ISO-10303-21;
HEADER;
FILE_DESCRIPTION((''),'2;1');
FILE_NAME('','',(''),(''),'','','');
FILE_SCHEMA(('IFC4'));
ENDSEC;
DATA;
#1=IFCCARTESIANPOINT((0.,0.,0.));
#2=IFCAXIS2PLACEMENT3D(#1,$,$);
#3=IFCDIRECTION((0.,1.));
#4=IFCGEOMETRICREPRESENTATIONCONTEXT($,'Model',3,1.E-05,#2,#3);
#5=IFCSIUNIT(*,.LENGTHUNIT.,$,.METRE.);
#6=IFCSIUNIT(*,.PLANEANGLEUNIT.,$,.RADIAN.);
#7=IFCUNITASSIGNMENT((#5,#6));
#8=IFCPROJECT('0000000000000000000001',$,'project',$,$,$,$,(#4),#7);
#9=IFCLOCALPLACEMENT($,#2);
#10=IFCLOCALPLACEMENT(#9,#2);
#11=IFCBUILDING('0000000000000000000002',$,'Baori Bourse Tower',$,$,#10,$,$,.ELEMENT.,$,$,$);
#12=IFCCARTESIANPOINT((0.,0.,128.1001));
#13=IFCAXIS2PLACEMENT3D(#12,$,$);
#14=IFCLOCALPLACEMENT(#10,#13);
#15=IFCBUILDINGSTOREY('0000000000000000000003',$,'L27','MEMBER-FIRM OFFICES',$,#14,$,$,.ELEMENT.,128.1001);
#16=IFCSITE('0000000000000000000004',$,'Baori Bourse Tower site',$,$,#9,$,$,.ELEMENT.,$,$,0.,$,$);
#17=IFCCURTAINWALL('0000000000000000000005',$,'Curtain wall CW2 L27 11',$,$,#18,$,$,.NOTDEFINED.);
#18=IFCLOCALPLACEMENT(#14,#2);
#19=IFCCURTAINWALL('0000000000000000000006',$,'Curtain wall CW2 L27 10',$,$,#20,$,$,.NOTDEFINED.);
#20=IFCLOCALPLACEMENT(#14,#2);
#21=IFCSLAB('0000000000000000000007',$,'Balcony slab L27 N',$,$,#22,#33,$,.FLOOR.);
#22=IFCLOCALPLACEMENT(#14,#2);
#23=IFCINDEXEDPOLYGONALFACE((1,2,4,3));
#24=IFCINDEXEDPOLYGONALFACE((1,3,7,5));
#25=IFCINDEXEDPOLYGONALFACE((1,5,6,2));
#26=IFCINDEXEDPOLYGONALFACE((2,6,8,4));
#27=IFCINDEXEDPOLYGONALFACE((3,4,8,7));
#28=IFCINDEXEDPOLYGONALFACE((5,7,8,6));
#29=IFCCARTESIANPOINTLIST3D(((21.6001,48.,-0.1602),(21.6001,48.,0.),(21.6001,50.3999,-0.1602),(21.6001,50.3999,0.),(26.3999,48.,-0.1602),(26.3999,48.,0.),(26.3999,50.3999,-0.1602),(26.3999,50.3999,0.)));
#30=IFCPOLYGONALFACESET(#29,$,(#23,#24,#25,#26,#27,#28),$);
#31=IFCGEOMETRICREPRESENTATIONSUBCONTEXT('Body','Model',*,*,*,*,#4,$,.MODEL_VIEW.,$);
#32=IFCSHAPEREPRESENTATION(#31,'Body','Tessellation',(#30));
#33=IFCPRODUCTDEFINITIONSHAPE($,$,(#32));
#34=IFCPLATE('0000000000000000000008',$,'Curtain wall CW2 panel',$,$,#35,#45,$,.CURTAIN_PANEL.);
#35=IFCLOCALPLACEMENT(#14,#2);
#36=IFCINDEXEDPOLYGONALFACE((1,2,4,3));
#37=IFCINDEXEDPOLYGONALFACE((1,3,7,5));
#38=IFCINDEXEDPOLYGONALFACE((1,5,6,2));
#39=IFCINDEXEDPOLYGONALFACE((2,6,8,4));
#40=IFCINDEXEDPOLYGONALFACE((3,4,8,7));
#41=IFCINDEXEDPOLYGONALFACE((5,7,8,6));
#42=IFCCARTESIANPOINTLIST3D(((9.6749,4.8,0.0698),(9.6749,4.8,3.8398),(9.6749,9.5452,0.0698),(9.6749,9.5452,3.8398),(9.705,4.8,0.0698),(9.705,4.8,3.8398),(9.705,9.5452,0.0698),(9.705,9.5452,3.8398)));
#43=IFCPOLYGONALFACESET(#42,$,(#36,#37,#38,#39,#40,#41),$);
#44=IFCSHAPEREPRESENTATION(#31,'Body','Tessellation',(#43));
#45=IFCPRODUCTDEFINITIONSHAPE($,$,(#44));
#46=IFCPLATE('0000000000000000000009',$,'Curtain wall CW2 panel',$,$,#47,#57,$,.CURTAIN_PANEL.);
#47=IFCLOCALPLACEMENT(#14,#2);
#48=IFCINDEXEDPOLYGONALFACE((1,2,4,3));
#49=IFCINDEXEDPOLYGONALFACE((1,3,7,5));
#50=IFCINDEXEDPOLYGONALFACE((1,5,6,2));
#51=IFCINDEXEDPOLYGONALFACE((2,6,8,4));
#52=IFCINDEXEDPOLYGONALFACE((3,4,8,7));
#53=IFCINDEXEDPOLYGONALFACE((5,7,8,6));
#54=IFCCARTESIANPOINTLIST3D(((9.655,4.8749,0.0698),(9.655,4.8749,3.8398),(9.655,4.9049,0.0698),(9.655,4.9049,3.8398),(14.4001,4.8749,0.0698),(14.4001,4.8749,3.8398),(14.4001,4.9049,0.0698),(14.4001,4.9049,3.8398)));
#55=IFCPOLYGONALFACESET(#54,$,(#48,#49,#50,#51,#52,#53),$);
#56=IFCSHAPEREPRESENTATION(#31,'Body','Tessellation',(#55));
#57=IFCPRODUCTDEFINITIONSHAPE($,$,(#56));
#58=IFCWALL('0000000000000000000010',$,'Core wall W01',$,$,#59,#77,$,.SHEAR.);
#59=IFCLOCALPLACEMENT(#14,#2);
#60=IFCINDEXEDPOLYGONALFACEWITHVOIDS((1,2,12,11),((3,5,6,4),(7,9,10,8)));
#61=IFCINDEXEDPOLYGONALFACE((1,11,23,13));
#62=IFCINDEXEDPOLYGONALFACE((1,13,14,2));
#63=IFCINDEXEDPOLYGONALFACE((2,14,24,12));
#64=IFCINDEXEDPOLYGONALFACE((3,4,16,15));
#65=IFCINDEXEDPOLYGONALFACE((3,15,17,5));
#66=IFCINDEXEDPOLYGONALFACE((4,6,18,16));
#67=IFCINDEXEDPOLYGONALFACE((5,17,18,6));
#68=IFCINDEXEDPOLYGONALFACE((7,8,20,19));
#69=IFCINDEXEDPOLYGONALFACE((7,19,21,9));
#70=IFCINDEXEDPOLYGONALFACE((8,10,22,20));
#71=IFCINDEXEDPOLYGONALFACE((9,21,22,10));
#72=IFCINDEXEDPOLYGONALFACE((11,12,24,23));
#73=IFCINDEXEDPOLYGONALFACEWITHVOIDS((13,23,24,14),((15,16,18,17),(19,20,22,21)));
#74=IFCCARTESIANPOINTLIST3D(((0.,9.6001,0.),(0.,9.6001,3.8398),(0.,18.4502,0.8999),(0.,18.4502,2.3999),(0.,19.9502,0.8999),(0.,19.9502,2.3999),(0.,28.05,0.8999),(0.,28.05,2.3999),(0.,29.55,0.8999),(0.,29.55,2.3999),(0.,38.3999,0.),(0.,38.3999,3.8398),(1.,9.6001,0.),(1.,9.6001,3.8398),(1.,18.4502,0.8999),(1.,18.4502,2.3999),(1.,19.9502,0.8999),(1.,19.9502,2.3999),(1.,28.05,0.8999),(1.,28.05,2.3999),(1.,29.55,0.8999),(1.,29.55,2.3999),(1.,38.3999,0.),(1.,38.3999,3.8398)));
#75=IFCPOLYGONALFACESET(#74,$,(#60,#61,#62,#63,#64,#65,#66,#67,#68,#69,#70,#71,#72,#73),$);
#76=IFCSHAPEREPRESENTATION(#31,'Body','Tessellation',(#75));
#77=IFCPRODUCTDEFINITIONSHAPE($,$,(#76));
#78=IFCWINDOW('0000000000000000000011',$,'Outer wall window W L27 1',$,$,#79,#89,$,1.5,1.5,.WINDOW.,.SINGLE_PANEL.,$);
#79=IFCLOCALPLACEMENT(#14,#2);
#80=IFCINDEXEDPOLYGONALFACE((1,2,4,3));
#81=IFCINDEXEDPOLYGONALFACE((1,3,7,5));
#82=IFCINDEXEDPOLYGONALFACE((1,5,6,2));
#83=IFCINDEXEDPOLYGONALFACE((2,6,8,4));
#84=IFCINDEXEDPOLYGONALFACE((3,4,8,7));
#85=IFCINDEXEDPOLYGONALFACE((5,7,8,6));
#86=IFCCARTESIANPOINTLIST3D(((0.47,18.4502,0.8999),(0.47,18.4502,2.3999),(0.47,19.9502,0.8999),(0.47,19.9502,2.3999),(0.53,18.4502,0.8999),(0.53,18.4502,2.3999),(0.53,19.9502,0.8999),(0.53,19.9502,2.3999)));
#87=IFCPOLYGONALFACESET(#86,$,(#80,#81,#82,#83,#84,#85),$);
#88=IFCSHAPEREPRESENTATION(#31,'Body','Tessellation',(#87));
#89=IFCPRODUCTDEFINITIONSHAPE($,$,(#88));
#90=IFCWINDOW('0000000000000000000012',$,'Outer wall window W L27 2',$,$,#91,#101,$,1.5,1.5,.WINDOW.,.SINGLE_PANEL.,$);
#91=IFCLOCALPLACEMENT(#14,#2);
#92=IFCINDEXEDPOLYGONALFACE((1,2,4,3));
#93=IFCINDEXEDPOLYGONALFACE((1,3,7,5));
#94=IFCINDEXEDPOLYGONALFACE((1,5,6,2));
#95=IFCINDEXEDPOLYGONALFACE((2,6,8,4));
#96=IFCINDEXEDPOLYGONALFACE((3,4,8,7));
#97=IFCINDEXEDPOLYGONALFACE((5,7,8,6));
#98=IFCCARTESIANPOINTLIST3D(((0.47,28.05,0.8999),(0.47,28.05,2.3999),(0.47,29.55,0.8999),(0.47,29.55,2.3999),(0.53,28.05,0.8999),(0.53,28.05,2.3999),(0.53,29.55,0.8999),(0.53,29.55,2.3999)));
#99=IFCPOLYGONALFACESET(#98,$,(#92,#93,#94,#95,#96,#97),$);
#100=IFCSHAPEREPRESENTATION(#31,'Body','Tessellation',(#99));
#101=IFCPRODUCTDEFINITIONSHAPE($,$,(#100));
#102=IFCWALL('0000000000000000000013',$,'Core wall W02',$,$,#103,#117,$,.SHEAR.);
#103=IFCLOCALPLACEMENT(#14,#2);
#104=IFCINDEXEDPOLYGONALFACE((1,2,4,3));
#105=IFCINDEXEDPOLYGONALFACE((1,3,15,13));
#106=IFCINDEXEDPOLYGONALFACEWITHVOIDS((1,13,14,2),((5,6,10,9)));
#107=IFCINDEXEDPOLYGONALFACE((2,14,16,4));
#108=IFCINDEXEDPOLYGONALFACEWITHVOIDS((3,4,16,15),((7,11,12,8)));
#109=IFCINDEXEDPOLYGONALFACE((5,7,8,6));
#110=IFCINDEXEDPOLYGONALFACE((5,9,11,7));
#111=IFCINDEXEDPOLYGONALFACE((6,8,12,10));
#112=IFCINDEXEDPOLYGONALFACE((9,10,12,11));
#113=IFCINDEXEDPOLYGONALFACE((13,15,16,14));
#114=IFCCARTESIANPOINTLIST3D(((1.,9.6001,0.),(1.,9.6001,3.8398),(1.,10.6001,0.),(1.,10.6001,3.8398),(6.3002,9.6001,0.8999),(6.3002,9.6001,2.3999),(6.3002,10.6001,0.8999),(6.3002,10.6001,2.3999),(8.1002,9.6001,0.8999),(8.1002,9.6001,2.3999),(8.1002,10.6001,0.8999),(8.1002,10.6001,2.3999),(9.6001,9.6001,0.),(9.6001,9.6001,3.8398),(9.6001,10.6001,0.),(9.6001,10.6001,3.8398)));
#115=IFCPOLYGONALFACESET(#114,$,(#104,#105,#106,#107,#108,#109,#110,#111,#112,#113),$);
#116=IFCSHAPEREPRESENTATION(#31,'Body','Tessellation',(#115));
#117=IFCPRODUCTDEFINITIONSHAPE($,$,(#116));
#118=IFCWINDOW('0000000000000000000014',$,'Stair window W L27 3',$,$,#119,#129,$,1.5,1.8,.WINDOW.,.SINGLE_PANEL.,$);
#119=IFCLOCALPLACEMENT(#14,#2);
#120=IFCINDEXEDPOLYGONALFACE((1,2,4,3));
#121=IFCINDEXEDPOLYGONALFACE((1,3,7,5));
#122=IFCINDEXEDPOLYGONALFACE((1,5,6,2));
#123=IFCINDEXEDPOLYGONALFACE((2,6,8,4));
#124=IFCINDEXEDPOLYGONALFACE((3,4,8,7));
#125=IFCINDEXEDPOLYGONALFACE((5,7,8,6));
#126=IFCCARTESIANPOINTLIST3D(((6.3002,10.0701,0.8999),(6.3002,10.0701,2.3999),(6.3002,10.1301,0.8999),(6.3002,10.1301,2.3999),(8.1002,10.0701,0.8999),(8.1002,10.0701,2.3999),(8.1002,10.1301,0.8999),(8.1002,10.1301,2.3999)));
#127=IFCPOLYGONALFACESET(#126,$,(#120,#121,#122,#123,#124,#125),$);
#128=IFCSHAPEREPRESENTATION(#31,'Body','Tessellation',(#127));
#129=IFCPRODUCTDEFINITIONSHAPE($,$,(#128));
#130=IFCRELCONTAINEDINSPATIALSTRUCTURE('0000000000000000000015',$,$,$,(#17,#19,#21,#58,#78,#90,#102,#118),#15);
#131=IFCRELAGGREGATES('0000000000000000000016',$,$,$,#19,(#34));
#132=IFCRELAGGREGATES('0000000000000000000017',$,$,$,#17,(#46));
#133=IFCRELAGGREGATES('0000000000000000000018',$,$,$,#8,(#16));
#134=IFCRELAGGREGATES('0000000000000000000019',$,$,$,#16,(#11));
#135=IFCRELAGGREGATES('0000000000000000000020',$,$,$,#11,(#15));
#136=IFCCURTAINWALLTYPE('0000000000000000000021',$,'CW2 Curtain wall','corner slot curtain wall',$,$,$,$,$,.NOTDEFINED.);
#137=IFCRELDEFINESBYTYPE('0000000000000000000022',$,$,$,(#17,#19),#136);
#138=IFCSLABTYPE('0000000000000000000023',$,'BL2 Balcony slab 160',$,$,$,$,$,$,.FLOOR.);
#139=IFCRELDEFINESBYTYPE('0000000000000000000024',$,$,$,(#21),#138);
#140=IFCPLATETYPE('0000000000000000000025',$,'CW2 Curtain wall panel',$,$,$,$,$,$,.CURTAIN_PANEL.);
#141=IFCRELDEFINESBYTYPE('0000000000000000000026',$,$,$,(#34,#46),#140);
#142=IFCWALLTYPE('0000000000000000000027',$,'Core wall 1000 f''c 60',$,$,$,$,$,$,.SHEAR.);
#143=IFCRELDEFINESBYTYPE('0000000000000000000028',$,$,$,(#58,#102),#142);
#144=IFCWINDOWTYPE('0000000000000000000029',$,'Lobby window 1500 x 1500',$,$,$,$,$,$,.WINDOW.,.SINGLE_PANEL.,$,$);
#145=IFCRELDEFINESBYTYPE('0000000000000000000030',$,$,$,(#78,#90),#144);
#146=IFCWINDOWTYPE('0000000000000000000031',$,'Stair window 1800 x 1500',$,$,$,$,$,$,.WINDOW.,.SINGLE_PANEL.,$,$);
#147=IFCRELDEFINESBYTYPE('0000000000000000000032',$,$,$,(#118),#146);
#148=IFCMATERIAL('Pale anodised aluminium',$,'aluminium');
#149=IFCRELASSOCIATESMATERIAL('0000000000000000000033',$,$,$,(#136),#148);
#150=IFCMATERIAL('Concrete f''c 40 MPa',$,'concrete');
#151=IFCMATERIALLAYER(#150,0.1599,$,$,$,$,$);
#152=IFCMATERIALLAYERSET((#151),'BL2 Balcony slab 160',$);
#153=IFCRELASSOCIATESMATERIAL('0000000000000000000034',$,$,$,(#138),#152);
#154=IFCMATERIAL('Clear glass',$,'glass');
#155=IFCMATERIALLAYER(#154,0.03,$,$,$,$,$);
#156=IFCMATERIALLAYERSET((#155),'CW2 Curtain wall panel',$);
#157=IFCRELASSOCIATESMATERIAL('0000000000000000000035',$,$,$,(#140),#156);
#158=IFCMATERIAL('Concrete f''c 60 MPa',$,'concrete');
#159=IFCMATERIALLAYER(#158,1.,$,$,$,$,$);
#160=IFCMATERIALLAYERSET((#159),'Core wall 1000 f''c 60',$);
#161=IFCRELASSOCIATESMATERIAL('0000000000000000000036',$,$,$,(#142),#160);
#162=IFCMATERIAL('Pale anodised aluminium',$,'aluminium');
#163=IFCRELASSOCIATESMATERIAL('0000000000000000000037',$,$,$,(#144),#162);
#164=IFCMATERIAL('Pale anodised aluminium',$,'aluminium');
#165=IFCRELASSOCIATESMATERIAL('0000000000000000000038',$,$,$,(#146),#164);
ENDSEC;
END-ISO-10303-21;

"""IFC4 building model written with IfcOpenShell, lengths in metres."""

from ifc_helpers import new_model, si_unit, direction, frame, frame_2d, origin, origin_2d, place, context, subcontext, project, spatial, polyline, rectangle, outline, extrude, material, layer, layer_set, type_object, element, fill, aggregate, save


model = new_model("IFC4")

# Units and contexts
model_context = context("Model", 3, precision=1e-05, world=origin(), true_north=direction((0.0, 1.0)))
body_context = subcontext(model_context, "Body", "Model", "MODEL_VIEW")
ifc_project = project(units=[si_unit("LENGTHUNIT", "METRE"), si_unit("PLANEANGLEUNIT", "RADIAN")], contexts=[model_context])

# Site, building, storey
site_placement = place(None, origin())
site = spatial("IfcSite", under=ifc_project, at=site_placement, Name="Baori Bourse Tower site", CompositionType="ELEMENT", RefElevation=0.0)
building_placement = place(site_placement, origin())
building = spatial("IfcBuilding", under=site, at=building_placement, Name="Baori Bourse Tower", CompositionType="ELEMENT")
storey_placement = place(building_placement, frame((0.0, 0.0, 128.1001)))
storey = spatial("IfcBuildingStorey", under=building, at=storey_placement, Name="L27", Description="MEMBER-FIRM OFFICES", CompositionType="ELEMENT", Elevation=128.1001)

# Curtain walls
ifc_material_1 = material(Name="Pale anodised aluminium", Category="aluminium")
curtain_wall_type = type_object("IfcCurtainWallType", Name="CW2 Curtain wall", Description="corner slot curtain wall", PredefinedType="NOTDEFINED", material=ifc_material_1)
curtain_wall_1_placement = place(storey_placement, origin())
curtain_wall_1 = element("IfcCurtainWall", 1, at=curtain_wall_1_placement, inside=storey, type_object=curtain_wall_type, Name="Curtain wall CW2 L27 11", PredefinedType="NOTDEFINED")
curtain_wall_2_placement = place(storey_placement, origin())
curtain_wall_2 = element("IfcCurtainWall", 2, at=curtain_wall_2_placement, inside=storey, type_object=curtain_wall_type, Name="Curtain wall CW2 L27 10", PredefinedType="NOTDEFINED")

# Slab
ifc_material_2 = material(Name="Concrete f'c 40 MPa", Category="concrete")
ifc_layer_1 = layer(ifc_material_2, 0.1599)
ifc_layer_set_1 = layer_set([ifc_layer_1], Name="BL2 Balcony slab 160")
slab_type = type_object("IfcSlabType", Name="BL2 Balcony slab 160", PredefinedType="FLOOR", material=ifc_layer_set_1)
slab_1_placement = place(storey_placement, frame((0.0, 0.0, -0.1602)))
element("IfcSlab", 3, at=slab_1_placement, inside=storey, type_object=slab_type, Name="Balcony slab L27 N", PredefinedType="FLOOR", context=body_context, shape_type="SweptSolid", body=[
    extrude(outline(polyline([(21.6001, 48.0), (26.3999, 48.0), (26.3999, 50.3999), (21.6001, 50.3999), (21.6001, 48.0)])), origin(), (0.0, 0.0, 1.0), 0.1602),
])

# Plates
ifc_material_3 = material(Name="Clear glass", Category="glass")
ifc_layer_2 = layer(ifc_material_3, 0.03)
ifc_layer_set_2 = layer_set([ifc_layer_2], Name="CW2 Curtain wall panel")
plate_type = type_object("IfcPlateType", Name="CW2 Curtain wall panel", PredefinedType="CURTAIN_PANEL", material=ifc_layer_set_2)
plate_1_placement = place(storey_placement, frame((9.6899, 7.1726, 0.0698), z_axis=(0.0, 0.0, 1.0), x_axis=(0.0, -1.0, 0.0)))
plate_1 = element("IfcPlate", 4, at=plate_1_placement, type_object=plate_type, Name="Curtain wall CW2 panel", PredefinedType="CURTAIN_PANEL", context=body_context, shape_type="SweptSolid", body=[
    extrude(rectangle(XDim=4.7451, YDim=0.03, at=origin_2d()), origin(), (0.0, 0.0, 1.0), 3.77),
])
aggregate(curtain_wall_2, [plate_1])
plate_2_placement = place(storey_placement, frame((12.0276, 4.8899, 0.0698), z_axis=(0.0, 0.0, 1.0), x_axis=(1.0, 0.0, 0.0)))
plate_2 = element("IfcPlate", 5, at=plate_2_placement, type_object=plate_type, Name="Curtain wall CW2 panel", PredefinedType="CURTAIN_PANEL", context=body_context, shape_type="SweptSolid", body=[
    extrude(rectangle(XDim=4.7451, YDim=0.03, at=origin_2d()), origin(), (0.0, 0.0, 1.0), 3.77),
])
aggregate(curtain_wall_1, [plate_2])

# Wall, openings, windows
ifc_material_4 = material(Name="Concrete f'c 60 MPa", Category="concrete")
ifc_layer_3 = layer(ifc_material_4, 1.0)
ifc_layer_set_3 = layer_set([ifc_layer_3], Name="Core wall 1000 f'c 60")
wall_type_1 = type_object("IfcWallType", Name="Core wall 1000 f'c 60", PredefinedType="SHEAR", material=ifc_layer_set_3)
wall_1_placement = place(storey_placement, frame((0.5, 9.6001, 0.0), z_axis=(0.0, 0.0, 1.0), x_axis=(0.0, 1.0, 0.0)))
wall_1 = element("IfcWall", 6, at=wall_1_placement, inside=storey, type_object=wall_type_1, Name="Core wall W01", PredefinedType="SHEAR", context=body_context, shape_type="SweptSolid", body=[
    extrude(rectangle(XDim=28.7998, YDim=1.0, at=frame_2d((14.3999, 0.0))), origin(), (0.0, 0.0, 1.0), 3.8398),
])
opening_1_placement = place(wall_1_placement, frame((8.8501, 0.0, 0.8999)))
opening_1 = element("IfcOpeningElement", 7, at=opening_1_placement, cuts=wall_1, PredefinedType="OPENING", context=body_context, shape_type="SweptSolid", body=[
    extrude(rectangle(XDim=1.5, YDim=1.5, at=frame_2d((0.75, 0.75))), frame((0.0, 0.51, 0.0), z_axis=(0.0, -1.0, 0.0), x_axis=(1.0, 0.0, 0.0)), (0.0, 0.0, 1.0), 1.02),
])
opening_2_placement = place(wall_1_placement, frame((18.45, 0.0, 0.8999)))
opening_2 = element("IfcOpeningElement", 8, at=opening_2_placement, cuts=wall_1, PredefinedType="OPENING", context=body_context, shape_type="SweptSolid", body=[
    extrude(rectangle(XDim=1.5, YDim=1.5, at=frame_2d((0.75, 0.75))), frame((0.0, 0.51, 0.0), z_axis=(0.0, -1.0, 0.0), x_axis=(1.0, 0.0, 0.0)), (0.0, 0.0, 1.0), 1.02),
])
ifc_material_5 = material(Name="Pale anodised aluminium", Category="aluminium")
window_type_1 = type_object("IfcWindowType", Name="Lobby window 1500 x 1500", PartitioningType="SINGLE_PANEL", PredefinedType="WINDOW", material=ifc_material_5)
window_1_placement = place(opening_1_placement, origin())
window_1 = element("IfcWindow", 9, at=window_1_placement, inside=storey, type_object=window_type_1, Name="Outer wall window W L27 1", OverallHeight=1.5, OverallWidth=1.5, PartitioningType="SINGLE_PANEL", PredefinedType="WINDOW", context=body_context, shape_type="SweptSolid", body=[
    extrude(rectangle(XDim=1.5, YDim=1.5, at=frame_2d((0.75, 0.75))), frame((0.0, 0.03, 0.0), z_axis=(0.0, -1.0, 0.0), x_axis=(1.0, 0.0, 0.0)), (0.0, 0.0, 1.0), 0.0601),
])
fill(opening_1, window_1)
window_2_placement = place(opening_2_placement, origin())
window_2 = element("IfcWindow", 10, at=window_2_placement, inside=storey, type_object=window_type_1, Name="Outer wall window W L27 2", OverallHeight=1.5, OverallWidth=1.5, PartitioningType="SINGLE_PANEL", PredefinedType="WINDOW", context=body_context, shape_type="SweptSolid", body=[
    extrude(rectangle(XDim=1.5, YDim=1.5, at=frame_2d((0.75, 0.75))), frame((0.0, 0.03, 0.0), z_axis=(0.0, -1.0, 0.0), x_axis=(1.0, 0.0, 0.0)), (0.0, 0.0, 1.0), 0.0601),
])
fill(opening_2, window_2)

# Wall, opening, window
wall_2_placement = place(storey_placement, frame((9.6001, 10.1001, 0.0), z_axis=(0.0, 0.0, 1.0), x_axis=(-1.0, 0.0, 0.0)))
wall_2 = element("IfcWall", 11, at=wall_2_placement, inside=storey, type_object=wall_type_1, Name="Core wall W02", PredefinedType="SHEAR", context=body_context, shape_type="SweptSolid", body=[
    extrude(rectangle(XDim=8.6001, YDim=1.0, at=frame_2d((4.3, 0.0))), origin(), (0.0, 0.0, 1.0), 3.8398),
])
opening_3_placement = place(wall_2_placement, frame((1.5, 0.0, 0.8999)))
opening_3 = element("IfcOpeningElement", 12, at=opening_3_placement, cuts=wall_2, PredefinedType="OPENING", context=body_context, shape_type="SweptSolid", body=[
    extrude(rectangle(XDim=1.8, YDim=1.5, at=frame_2d((0.8999, 0.75))), frame((0.0, 0.51, 0.0), z_axis=(0.0, -1.0, 0.0), x_axis=(1.0, 0.0, 0.0)), (0.0, 0.0, 1.0), 1.02),
])
ifc_material_6 = material(Name="Pale anodised aluminium", Category="aluminium")
window_type_2 = type_object("IfcWindowType", Name="Stair window 1800 x 1500", PartitioningType="SINGLE_PANEL", PredefinedType="WINDOW", material=ifc_material_6)
window_3_placement = place(opening_3_placement, origin())
window_3 = element("IfcWindow", 13, at=window_3_placement, inside=storey, type_object=window_type_2, Name="Stair window W L27 3", OverallHeight=1.5, OverallWidth=1.8, PartitioningType="SINGLE_PANEL", PredefinedType="WINDOW", context=body_context, shape_type="SweptSolid", body=[
    extrude(rectangle(XDim=1.8, YDim=1.5, at=frame_2d((0.8999, 0.75))), frame((0.0, 0.03, 0.0), z_axis=(0.0, -1.0, 0.0), x_axis=(1.0, 0.0, 0.0)), (0.0, 0.0, 1.0), 0.0601),
])
fill(opening_3, window_3)

save(model, "model.ifc")
